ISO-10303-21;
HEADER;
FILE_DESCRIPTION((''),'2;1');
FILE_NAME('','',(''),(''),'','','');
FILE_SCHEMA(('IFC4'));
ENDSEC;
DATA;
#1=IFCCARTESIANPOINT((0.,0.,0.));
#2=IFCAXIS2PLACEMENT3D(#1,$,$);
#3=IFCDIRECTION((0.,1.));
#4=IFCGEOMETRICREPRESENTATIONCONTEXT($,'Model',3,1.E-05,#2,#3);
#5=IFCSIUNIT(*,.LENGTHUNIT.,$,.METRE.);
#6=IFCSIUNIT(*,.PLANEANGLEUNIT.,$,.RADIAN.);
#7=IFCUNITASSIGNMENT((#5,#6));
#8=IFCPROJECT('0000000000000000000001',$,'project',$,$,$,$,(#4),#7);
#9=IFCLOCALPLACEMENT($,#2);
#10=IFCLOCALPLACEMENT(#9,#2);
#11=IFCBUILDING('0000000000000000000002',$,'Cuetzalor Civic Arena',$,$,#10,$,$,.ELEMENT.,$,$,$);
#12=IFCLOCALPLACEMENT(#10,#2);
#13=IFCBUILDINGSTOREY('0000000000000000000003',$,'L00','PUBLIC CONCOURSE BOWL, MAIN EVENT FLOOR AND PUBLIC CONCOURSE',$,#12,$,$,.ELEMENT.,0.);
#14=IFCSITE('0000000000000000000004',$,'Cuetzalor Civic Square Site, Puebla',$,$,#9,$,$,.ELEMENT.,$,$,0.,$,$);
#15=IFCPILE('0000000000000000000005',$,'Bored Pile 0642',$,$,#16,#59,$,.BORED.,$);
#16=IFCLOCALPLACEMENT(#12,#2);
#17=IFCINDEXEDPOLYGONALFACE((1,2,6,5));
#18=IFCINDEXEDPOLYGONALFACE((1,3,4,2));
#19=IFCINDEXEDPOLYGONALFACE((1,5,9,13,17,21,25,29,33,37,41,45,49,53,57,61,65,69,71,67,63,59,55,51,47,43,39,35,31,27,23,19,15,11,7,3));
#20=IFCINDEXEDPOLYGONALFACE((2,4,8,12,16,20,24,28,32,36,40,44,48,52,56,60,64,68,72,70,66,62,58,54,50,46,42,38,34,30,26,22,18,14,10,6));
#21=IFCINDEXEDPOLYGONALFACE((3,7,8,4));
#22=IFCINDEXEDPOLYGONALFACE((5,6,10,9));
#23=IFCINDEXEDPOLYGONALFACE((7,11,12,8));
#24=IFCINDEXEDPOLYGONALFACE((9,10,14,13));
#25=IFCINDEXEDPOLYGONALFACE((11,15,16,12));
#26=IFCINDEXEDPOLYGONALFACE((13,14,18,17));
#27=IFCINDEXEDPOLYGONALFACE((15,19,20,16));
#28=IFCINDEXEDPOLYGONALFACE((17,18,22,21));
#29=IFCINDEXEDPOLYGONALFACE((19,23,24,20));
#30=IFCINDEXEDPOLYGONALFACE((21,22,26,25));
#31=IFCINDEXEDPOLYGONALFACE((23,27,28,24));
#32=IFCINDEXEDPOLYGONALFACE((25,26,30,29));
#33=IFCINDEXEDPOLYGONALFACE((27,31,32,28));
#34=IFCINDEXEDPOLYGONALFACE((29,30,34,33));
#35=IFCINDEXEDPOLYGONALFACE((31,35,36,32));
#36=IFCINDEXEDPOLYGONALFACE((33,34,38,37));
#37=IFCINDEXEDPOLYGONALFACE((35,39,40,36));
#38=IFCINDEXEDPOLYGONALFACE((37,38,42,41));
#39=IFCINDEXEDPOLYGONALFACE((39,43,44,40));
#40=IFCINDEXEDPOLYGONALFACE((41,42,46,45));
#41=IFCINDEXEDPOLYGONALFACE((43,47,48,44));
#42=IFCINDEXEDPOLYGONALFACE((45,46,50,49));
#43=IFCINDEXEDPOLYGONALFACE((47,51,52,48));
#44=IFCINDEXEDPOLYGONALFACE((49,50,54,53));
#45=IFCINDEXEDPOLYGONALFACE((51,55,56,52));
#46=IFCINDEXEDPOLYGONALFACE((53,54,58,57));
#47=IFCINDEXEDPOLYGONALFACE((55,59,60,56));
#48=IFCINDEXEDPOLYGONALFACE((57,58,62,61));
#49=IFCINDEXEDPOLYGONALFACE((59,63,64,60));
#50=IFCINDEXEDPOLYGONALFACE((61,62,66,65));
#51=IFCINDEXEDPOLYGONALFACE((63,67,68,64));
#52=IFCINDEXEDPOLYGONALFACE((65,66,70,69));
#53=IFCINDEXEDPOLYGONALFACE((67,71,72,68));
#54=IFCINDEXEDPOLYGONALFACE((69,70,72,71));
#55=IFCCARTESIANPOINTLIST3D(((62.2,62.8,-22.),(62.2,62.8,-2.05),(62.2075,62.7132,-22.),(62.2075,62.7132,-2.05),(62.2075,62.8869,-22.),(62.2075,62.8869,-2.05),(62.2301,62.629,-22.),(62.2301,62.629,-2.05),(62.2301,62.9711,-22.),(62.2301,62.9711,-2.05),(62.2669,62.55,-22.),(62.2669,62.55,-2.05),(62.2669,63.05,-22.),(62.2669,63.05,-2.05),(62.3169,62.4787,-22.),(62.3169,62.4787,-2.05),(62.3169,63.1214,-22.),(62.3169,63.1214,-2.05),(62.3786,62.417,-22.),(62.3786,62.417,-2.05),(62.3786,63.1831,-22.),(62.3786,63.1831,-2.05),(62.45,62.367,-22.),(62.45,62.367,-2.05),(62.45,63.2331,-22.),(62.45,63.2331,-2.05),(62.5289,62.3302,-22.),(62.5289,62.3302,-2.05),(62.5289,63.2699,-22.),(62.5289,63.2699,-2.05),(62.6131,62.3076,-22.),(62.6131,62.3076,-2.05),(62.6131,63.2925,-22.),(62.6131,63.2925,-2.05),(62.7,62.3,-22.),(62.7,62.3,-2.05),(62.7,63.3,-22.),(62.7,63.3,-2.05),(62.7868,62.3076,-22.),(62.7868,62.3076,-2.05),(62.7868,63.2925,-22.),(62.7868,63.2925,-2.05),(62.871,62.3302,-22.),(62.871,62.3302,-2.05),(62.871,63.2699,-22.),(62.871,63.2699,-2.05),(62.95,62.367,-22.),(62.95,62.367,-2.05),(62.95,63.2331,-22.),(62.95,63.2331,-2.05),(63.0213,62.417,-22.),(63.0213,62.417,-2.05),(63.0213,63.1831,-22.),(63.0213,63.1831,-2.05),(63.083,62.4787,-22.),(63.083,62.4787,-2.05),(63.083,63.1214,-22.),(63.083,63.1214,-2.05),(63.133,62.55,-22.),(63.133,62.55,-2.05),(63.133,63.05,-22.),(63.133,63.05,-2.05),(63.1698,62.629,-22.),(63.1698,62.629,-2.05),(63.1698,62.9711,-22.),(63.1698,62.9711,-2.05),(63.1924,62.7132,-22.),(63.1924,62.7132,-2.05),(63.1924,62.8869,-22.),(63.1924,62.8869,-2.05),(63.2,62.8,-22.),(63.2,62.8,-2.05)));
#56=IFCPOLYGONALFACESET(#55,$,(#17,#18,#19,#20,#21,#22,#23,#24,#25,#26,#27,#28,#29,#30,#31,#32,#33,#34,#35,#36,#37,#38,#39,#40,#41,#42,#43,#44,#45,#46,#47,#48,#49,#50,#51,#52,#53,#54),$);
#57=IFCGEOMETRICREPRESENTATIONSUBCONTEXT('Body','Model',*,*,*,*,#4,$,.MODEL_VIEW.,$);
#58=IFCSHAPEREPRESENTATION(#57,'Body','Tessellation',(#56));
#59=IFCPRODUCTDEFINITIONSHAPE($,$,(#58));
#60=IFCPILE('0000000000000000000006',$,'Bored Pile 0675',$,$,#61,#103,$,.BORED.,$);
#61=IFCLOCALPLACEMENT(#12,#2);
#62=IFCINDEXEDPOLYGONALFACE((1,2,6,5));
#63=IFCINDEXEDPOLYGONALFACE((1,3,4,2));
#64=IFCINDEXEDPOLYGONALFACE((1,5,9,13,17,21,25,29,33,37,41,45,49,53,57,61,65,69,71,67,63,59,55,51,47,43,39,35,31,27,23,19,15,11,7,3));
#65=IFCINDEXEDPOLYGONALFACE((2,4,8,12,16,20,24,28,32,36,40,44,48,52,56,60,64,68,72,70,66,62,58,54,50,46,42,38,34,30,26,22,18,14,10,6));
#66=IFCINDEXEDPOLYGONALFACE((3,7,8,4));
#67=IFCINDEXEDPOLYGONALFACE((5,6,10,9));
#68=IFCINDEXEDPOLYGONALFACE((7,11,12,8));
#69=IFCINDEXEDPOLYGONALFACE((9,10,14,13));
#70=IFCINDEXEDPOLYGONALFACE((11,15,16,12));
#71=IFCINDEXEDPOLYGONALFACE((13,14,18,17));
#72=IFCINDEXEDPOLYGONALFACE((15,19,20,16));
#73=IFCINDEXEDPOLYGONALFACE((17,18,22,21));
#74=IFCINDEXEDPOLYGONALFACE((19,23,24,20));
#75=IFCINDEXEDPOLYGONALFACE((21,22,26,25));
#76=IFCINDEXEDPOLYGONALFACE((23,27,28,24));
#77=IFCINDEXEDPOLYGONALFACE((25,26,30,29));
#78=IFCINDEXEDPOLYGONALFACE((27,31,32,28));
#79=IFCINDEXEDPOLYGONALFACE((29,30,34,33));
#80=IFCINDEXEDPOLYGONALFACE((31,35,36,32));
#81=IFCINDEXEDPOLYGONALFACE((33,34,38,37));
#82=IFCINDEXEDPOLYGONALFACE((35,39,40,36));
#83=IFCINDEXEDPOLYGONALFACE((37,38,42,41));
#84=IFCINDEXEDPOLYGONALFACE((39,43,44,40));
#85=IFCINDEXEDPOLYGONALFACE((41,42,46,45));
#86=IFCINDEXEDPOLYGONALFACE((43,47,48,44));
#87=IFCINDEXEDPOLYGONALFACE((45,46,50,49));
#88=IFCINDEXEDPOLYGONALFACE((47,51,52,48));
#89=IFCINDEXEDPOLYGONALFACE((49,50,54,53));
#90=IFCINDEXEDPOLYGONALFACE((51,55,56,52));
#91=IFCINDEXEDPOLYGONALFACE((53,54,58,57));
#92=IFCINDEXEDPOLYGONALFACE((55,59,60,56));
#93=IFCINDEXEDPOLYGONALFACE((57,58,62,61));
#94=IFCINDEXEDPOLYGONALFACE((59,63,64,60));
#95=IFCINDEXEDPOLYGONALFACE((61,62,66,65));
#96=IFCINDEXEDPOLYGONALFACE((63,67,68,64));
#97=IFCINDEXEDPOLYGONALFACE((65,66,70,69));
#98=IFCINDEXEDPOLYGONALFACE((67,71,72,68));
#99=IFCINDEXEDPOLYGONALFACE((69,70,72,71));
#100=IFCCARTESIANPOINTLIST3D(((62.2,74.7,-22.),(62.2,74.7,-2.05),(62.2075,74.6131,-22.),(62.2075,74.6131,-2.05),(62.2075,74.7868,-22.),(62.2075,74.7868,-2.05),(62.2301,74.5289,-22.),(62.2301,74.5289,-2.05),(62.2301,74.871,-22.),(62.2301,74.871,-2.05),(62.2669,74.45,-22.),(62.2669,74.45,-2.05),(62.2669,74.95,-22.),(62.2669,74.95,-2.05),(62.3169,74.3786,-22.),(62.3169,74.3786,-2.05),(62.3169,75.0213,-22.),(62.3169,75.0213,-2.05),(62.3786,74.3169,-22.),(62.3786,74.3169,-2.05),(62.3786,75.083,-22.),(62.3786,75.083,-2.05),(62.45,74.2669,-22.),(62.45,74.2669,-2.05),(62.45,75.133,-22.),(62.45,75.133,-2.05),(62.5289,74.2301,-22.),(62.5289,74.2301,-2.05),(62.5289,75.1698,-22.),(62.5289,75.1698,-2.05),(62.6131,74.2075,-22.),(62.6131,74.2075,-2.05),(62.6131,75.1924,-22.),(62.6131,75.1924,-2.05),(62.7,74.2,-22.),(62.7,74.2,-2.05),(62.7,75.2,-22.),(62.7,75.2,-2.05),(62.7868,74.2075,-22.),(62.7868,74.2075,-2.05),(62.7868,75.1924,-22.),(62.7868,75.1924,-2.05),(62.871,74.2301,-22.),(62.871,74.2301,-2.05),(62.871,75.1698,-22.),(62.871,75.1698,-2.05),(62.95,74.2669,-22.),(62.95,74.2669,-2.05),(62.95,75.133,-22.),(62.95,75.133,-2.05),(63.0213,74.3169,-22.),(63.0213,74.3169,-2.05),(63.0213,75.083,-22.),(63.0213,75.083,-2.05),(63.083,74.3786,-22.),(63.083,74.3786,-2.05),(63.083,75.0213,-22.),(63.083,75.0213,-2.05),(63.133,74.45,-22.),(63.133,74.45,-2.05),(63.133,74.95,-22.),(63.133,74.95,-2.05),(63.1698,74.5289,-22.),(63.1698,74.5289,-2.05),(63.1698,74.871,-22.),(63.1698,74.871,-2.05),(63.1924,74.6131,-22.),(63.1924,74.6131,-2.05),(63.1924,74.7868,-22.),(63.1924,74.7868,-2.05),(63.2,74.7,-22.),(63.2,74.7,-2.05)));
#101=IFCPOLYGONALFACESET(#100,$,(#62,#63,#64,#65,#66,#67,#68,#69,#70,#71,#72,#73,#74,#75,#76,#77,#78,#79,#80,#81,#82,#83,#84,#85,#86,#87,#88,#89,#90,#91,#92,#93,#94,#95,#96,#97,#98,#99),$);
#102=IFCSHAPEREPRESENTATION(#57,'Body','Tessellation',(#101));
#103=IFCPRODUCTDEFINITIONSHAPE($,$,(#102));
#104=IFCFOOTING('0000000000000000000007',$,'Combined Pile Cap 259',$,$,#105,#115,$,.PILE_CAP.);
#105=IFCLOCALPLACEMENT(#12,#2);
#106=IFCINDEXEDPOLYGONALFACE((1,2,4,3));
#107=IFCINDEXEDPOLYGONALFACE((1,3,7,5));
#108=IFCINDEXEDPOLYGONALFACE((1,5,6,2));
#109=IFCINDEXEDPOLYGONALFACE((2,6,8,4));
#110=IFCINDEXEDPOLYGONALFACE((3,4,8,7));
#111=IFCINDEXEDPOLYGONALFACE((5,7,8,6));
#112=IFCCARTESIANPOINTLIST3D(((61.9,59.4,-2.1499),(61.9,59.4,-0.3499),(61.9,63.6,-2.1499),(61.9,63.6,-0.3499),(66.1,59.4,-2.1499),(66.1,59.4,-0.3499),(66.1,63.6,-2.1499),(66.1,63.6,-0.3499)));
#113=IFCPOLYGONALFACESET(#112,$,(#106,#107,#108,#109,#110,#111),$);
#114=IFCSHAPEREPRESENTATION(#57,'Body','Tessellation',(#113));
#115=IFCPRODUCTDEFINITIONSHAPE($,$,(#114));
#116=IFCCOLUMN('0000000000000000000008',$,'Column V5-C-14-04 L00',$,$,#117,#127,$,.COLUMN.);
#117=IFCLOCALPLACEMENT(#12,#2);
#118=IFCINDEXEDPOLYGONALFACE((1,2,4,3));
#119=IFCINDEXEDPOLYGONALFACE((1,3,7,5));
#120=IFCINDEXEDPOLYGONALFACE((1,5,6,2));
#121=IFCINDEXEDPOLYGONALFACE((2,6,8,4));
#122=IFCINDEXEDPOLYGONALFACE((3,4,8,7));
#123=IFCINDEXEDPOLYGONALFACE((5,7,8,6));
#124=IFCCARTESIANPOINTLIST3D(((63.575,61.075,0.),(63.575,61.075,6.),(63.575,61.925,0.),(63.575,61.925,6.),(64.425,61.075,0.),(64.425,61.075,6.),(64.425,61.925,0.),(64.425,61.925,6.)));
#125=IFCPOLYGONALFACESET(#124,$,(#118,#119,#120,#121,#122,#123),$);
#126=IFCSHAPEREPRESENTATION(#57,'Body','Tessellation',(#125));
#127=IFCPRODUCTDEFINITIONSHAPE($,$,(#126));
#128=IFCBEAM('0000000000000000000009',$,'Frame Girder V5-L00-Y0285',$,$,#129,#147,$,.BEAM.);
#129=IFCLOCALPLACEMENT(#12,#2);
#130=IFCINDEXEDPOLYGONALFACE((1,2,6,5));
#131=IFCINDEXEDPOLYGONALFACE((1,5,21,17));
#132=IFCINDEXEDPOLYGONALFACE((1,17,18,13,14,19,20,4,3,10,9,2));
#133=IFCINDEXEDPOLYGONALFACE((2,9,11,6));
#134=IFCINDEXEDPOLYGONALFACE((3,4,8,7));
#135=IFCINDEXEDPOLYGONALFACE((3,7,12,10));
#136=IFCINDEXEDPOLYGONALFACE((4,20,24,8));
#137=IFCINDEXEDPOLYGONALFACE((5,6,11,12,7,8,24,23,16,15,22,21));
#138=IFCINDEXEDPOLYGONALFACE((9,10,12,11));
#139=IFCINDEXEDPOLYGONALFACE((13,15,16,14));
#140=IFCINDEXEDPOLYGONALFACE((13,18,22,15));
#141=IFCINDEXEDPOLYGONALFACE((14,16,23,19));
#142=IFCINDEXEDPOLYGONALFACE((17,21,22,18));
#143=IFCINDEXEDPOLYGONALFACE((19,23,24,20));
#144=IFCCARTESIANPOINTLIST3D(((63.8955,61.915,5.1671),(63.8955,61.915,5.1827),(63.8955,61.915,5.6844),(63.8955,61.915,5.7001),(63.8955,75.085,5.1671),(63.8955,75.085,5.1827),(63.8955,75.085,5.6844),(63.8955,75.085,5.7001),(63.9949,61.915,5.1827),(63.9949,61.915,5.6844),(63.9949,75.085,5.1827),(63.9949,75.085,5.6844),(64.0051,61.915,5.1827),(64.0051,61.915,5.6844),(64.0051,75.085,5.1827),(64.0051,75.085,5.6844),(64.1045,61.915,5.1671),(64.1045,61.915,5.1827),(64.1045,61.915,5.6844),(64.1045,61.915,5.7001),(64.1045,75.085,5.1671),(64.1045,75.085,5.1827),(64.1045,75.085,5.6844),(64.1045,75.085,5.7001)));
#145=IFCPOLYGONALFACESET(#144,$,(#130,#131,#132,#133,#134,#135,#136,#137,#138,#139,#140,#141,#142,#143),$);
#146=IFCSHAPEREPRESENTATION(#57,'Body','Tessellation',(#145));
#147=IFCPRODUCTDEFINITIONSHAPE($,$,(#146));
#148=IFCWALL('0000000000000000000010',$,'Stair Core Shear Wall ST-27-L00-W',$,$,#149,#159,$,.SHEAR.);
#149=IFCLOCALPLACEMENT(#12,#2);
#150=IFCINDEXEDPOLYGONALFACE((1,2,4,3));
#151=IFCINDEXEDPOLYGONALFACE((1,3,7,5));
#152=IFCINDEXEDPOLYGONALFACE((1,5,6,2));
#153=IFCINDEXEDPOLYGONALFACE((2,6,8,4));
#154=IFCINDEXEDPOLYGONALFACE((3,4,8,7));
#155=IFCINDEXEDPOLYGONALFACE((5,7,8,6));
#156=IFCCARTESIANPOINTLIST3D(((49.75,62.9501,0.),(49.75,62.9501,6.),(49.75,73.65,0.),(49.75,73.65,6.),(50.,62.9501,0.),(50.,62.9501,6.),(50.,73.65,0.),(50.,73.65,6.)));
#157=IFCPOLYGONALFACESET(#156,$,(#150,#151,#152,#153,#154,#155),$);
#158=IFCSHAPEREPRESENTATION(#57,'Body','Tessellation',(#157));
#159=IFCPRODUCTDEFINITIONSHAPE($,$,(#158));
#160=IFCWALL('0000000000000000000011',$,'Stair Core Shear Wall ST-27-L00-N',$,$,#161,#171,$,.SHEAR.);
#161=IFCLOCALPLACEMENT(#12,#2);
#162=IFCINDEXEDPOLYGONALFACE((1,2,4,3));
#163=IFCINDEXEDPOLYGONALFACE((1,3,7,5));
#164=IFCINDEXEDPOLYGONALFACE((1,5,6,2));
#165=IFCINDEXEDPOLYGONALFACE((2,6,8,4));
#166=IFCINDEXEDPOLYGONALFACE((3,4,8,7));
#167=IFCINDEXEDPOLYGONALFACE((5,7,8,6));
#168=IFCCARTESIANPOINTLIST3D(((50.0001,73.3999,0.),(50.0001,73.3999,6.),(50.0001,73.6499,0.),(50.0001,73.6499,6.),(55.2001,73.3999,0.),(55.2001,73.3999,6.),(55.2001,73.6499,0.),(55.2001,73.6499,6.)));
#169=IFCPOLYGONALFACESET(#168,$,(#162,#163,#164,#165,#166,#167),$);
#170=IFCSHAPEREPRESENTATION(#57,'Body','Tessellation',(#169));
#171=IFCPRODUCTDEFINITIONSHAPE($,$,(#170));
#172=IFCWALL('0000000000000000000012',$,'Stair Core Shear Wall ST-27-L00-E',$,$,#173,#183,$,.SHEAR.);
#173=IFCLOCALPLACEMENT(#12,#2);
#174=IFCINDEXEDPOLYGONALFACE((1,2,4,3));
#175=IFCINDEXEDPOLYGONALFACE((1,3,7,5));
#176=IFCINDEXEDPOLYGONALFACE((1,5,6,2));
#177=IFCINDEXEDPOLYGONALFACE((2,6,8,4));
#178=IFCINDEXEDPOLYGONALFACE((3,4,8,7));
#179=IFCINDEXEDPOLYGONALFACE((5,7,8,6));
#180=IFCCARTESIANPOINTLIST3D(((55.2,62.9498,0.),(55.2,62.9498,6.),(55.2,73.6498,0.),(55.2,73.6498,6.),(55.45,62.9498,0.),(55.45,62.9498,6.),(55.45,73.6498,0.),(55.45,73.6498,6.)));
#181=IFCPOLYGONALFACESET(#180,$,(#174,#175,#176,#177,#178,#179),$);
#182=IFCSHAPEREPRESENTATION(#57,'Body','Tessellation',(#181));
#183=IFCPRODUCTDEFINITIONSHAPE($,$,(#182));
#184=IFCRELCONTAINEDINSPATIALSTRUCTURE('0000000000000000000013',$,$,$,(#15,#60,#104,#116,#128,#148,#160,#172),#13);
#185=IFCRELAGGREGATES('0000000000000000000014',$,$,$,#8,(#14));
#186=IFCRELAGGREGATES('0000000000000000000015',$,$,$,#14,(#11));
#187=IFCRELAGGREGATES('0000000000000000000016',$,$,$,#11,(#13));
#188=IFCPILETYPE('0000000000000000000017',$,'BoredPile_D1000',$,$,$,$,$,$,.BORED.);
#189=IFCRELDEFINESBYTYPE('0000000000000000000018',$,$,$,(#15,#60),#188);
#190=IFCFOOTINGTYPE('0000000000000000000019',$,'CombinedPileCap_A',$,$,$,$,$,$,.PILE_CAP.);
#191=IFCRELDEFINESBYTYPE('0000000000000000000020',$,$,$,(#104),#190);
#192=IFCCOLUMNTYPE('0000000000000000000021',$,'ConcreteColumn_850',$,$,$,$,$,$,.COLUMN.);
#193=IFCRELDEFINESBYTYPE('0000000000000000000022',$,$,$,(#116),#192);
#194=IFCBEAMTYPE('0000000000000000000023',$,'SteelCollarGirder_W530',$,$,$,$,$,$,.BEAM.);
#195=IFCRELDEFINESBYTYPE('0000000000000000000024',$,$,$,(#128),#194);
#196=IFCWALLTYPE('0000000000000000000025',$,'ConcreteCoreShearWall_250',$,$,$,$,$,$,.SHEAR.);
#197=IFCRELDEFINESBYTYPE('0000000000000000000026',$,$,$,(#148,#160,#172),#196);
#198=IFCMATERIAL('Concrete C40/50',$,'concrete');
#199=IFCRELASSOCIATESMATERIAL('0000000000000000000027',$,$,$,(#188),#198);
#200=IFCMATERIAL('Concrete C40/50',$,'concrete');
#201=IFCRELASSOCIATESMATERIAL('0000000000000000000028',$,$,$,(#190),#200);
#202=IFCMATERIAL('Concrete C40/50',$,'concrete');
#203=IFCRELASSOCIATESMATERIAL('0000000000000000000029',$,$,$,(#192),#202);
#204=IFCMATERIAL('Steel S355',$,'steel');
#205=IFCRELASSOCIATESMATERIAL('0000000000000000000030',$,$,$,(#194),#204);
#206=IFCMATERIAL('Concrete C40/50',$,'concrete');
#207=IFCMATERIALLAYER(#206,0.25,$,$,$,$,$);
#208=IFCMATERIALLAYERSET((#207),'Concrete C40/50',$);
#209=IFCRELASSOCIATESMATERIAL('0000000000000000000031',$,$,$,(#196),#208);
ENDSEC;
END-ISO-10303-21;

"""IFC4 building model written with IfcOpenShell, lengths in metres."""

from ifc_helpers import new_model, si_unit, direction, frame, frame_2d, origin, origin_2d, place, context, subcontext, project, spatial, rectangle, circle, i_section, extrude, material, layer, layer_set, material_profile, profile_set, type_object, element, save


model = new_model("IFC4")

# Units and contexts
model_context = context("Model", 3, precision=1e-05, world=origin(), true_north=direction((0.0, 1.0)))
body_context = subcontext(model_context, "Body", "Model", "MODEL_VIEW")
ifc_project = project(units=[si_unit("LENGTHUNIT", "METRE"), si_unit("PLANEANGLEUNIT", "RADIAN")], contexts=[model_context])

# Site, building, storey
site_placement = place(None, origin())
site = spatial("IfcSite", under=ifc_project, at=site_placement, Name="Cuetzalor Civic Square Site, Puebla", CompositionType="ELEMENT", RefElevation=0.0)
building_placement = place(site_placement, origin())
building = spatial("IfcBuilding", under=site, at=building_placement, Name="Cuetzalor Civic Arena", CompositionType="ELEMENT")
storey_placement = place(building_placement, origin())
storey = spatial("IfcBuildingStorey", under=building, at=storey_placement, Name="L00", Description="PUBLIC CONCOURSE BOWL, MAIN EVENT FLOOR AND PUBLIC CONCOURSE", CompositionType="ELEMENT", Elevation=0.0)

# Piles
ifc_material_1 = material(Name="Concrete C40/50", Category="concrete")
ifc_material_profile_1 = material_profile(ifc_material_1, circle(Radius=0.5, at=origin_2d()), Name="BORED PILE D1000")
ifc_profile_set_1 = profile_set([ifc_material_profile_1], Name="Concrete C40/50")
pile_type = type_object("IfcPileType", Name="BoredPile_D1000", PredefinedType="BORED", material=ifc_profile_set_1)
for number, where, z_axis, x_axis, name in (
    (1, (62.7, 62.8, -2.05), (0.0, 0.0, -1.0), (1.0, 0.0, 0.0), "Bored Pile 0642"),
    (2, (62.7, 74.7, -2.05), (0.0, 0.0, -1.0), (1.0, 0.0, 0.0), "Bored Pile 0675"),
):
    element("IfcPile", number, at=place(storey_placement, frame(where, z_axis=z_axis, x_axis=x_axis)), inside=storey, type_object=pile_type, Name=name, PredefinedType="BORED", context=body_context, shape_type="SweptSolid", body=[
        extrude(circle(Radius=0.5, at=origin_2d()), origin(), (0.0, 0.0, 1.0), 19.95),
    ])

# Footing
ifc_material_2 = material(Name="Concrete C40/50", Category="concrete")
footing_type = type_object("IfcFootingType", Name="CombinedPileCap_A", PredefinedType="PILE_CAP", material=ifc_material_2)
footing_placement = place(storey_placement, frame((64.0, 61.5, -2.1499), z_axis=(0.0, 0.0, 1.0), x_axis=(1.0, 0.0, 0.0)))
element("IfcFooting", 3, at=footing_placement, inside=storey, type_object=footing_type, Name="Combined Pile Cap 259", PredefinedType="PILE_CAP", context=body_context, shape_type="SweptSolid", body=[
    extrude(rectangle(XDim=4.2, YDim=4.2, at=origin_2d()), origin(), (0.0, 0.0, 1.0), 1.8),
])

# Column
ifc_material_3 = material(Name="Concrete C40/50", Category="concrete")
ifc_material_profile_2 = material_profile(ifc_material_3, rectangle(XDim=0.8501, YDim=0.8501, at=origin_2d()), Name="RC 850x850")
ifc_profile_set_2 = profile_set([ifc_material_profile_2], Name="Concrete C40/50")
column_type = type_object("IfcColumnType", Name="ConcreteColumn_850", PredefinedType="COLUMN", material=ifc_profile_set_2)
column_placement = place(storey_placement, frame((64.0, 61.5, 0.0), z_axis=(0.0, 0.0, 1.0), x_axis=(1.0, 0.0, 0.0)))
element("IfcColumn", 4, at=column_placement, inside=storey, type_object=column_type, Name="Column V5-C-14-04 L00", PredefinedType="COLUMN", context=body_context, shape_type="SweptSolid", body=[
    extrude(rectangle(XDim=0.8501, YDim=0.8501, at=origin_2d()), origin(), (0.0, 0.0, 1.0), 6.0),
])

# Beam
ifc_material_4 = material(Name="Steel S355", Category="steel")
ifc_material_profile_3 = material_profile(ifc_material_4, i_section(OverallWidth=0.209, OverallDepth=0.533, WebThickness=0.0103, FlangeThickness=0.0156, at=origin_2d()), Name="W530x92")
ifc_profile_set_3 = profile_set([ifc_material_profile_3], Name="Steel S355")
beam_type = type_object("IfcBeamType", Name="SteelCollarGirder_W530", PredefinedType="BEAM", material=ifc_profile_set_3)
beam_placement = place(storey_placement, frame((64.0, 61.915, 5.4336), z_axis=(0.0, 1.0, 0.0), x_axis=(-1.0, 0.0, 0.0)))
element("IfcBeam", 5, at=beam_placement, inside=storey, type_object=beam_type, Name="Frame Girder V5-L00-Y0285", PredefinedType="BEAM", context=body_context, shape_type="SweptSolid", body=[
    extrude(i_section(OverallWidth=0.209, OverallDepth=0.533, WebThickness=0.0103, FlangeThickness=0.0156, at=origin_2d()), origin(), (0.0, 0.0, 1.0), 13.1699),
])

# Walls
ifc_material_5 = material(Name="Concrete C40/50", Category="concrete")
ifc_layer_1 = layer(ifc_material_5, 0.25)
ifc_layer_set_1 = layer_set([ifc_layer_1], Name="Concrete C40/50")
wall_type_1 = type_object("IfcWallType", Name="ConcreteCoreShearWall_250", PredefinedType="SHEAR", material=ifc_layer_set_1)
wall_1_placement = place(storey_placement, frame((49.875, 62.95, 0.0), z_axis=(0.0, 0.0, 1.0), x_axis=(0.0, 1.0, 0.0)))
element("IfcWall", 6, at=wall_1_placement, inside=storey, type_object=wall_type_1, Name="Stair Core Shear Wall ST-27-L00-W", PredefinedType="SHEAR", context=body_context, shape_type="SweptSolid", body=[
    extrude(rectangle(XDim=10.7, YDim=0.25, at=frame_2d((5.3501, 0.0))), origin(), (0.0, 0.0, 1.0), 6.0),
])
wall_2_placement = place(storey_placement, frame((50.0, 73.5249, 0.0), z_axis=(0.0, 0.0, 1.0), x_axis=(1.0, 0.0, 0.0)))
element("IfcWall", 7, at=wall_2_placement, inside=storey, type_object=wall_type_1, Name="Stair Core Shear Wall ST-27-L00-N", PredefinedType="SHEAR", context=body_context, shape_type="SweptSolid", body=[
    extrude(rectangle(XDim=5.2, YDim=0.25, at=frame_2d((2.6001, 0.0))), origin(), (0.0, 0.0, 1.0), 6.0),
])
wall_3_placement = place(storey_placement, frame((55.325, 73.6499, 0.0), z_axis=(0.0, 0.0, 1.0), x_axis=(0.0, -1.0, 0.0)))
element("IfcWall", 8, at=wall_3_placement, inside=storey, type_object=wall_type_1, Name="Stair Core Shear Wall ST-27-L00-E", PredefinedType="SHEAR", context=body_context, shape_type="SweptSolid", body=[
    extrude(rectangle(XDim=10.7, YDim=0.25, at=frame_2d((5.3501, 0.0))), origin(), (0.0, 0.0, 1.0), 6.0),
])

save(model, "model.ifc")
